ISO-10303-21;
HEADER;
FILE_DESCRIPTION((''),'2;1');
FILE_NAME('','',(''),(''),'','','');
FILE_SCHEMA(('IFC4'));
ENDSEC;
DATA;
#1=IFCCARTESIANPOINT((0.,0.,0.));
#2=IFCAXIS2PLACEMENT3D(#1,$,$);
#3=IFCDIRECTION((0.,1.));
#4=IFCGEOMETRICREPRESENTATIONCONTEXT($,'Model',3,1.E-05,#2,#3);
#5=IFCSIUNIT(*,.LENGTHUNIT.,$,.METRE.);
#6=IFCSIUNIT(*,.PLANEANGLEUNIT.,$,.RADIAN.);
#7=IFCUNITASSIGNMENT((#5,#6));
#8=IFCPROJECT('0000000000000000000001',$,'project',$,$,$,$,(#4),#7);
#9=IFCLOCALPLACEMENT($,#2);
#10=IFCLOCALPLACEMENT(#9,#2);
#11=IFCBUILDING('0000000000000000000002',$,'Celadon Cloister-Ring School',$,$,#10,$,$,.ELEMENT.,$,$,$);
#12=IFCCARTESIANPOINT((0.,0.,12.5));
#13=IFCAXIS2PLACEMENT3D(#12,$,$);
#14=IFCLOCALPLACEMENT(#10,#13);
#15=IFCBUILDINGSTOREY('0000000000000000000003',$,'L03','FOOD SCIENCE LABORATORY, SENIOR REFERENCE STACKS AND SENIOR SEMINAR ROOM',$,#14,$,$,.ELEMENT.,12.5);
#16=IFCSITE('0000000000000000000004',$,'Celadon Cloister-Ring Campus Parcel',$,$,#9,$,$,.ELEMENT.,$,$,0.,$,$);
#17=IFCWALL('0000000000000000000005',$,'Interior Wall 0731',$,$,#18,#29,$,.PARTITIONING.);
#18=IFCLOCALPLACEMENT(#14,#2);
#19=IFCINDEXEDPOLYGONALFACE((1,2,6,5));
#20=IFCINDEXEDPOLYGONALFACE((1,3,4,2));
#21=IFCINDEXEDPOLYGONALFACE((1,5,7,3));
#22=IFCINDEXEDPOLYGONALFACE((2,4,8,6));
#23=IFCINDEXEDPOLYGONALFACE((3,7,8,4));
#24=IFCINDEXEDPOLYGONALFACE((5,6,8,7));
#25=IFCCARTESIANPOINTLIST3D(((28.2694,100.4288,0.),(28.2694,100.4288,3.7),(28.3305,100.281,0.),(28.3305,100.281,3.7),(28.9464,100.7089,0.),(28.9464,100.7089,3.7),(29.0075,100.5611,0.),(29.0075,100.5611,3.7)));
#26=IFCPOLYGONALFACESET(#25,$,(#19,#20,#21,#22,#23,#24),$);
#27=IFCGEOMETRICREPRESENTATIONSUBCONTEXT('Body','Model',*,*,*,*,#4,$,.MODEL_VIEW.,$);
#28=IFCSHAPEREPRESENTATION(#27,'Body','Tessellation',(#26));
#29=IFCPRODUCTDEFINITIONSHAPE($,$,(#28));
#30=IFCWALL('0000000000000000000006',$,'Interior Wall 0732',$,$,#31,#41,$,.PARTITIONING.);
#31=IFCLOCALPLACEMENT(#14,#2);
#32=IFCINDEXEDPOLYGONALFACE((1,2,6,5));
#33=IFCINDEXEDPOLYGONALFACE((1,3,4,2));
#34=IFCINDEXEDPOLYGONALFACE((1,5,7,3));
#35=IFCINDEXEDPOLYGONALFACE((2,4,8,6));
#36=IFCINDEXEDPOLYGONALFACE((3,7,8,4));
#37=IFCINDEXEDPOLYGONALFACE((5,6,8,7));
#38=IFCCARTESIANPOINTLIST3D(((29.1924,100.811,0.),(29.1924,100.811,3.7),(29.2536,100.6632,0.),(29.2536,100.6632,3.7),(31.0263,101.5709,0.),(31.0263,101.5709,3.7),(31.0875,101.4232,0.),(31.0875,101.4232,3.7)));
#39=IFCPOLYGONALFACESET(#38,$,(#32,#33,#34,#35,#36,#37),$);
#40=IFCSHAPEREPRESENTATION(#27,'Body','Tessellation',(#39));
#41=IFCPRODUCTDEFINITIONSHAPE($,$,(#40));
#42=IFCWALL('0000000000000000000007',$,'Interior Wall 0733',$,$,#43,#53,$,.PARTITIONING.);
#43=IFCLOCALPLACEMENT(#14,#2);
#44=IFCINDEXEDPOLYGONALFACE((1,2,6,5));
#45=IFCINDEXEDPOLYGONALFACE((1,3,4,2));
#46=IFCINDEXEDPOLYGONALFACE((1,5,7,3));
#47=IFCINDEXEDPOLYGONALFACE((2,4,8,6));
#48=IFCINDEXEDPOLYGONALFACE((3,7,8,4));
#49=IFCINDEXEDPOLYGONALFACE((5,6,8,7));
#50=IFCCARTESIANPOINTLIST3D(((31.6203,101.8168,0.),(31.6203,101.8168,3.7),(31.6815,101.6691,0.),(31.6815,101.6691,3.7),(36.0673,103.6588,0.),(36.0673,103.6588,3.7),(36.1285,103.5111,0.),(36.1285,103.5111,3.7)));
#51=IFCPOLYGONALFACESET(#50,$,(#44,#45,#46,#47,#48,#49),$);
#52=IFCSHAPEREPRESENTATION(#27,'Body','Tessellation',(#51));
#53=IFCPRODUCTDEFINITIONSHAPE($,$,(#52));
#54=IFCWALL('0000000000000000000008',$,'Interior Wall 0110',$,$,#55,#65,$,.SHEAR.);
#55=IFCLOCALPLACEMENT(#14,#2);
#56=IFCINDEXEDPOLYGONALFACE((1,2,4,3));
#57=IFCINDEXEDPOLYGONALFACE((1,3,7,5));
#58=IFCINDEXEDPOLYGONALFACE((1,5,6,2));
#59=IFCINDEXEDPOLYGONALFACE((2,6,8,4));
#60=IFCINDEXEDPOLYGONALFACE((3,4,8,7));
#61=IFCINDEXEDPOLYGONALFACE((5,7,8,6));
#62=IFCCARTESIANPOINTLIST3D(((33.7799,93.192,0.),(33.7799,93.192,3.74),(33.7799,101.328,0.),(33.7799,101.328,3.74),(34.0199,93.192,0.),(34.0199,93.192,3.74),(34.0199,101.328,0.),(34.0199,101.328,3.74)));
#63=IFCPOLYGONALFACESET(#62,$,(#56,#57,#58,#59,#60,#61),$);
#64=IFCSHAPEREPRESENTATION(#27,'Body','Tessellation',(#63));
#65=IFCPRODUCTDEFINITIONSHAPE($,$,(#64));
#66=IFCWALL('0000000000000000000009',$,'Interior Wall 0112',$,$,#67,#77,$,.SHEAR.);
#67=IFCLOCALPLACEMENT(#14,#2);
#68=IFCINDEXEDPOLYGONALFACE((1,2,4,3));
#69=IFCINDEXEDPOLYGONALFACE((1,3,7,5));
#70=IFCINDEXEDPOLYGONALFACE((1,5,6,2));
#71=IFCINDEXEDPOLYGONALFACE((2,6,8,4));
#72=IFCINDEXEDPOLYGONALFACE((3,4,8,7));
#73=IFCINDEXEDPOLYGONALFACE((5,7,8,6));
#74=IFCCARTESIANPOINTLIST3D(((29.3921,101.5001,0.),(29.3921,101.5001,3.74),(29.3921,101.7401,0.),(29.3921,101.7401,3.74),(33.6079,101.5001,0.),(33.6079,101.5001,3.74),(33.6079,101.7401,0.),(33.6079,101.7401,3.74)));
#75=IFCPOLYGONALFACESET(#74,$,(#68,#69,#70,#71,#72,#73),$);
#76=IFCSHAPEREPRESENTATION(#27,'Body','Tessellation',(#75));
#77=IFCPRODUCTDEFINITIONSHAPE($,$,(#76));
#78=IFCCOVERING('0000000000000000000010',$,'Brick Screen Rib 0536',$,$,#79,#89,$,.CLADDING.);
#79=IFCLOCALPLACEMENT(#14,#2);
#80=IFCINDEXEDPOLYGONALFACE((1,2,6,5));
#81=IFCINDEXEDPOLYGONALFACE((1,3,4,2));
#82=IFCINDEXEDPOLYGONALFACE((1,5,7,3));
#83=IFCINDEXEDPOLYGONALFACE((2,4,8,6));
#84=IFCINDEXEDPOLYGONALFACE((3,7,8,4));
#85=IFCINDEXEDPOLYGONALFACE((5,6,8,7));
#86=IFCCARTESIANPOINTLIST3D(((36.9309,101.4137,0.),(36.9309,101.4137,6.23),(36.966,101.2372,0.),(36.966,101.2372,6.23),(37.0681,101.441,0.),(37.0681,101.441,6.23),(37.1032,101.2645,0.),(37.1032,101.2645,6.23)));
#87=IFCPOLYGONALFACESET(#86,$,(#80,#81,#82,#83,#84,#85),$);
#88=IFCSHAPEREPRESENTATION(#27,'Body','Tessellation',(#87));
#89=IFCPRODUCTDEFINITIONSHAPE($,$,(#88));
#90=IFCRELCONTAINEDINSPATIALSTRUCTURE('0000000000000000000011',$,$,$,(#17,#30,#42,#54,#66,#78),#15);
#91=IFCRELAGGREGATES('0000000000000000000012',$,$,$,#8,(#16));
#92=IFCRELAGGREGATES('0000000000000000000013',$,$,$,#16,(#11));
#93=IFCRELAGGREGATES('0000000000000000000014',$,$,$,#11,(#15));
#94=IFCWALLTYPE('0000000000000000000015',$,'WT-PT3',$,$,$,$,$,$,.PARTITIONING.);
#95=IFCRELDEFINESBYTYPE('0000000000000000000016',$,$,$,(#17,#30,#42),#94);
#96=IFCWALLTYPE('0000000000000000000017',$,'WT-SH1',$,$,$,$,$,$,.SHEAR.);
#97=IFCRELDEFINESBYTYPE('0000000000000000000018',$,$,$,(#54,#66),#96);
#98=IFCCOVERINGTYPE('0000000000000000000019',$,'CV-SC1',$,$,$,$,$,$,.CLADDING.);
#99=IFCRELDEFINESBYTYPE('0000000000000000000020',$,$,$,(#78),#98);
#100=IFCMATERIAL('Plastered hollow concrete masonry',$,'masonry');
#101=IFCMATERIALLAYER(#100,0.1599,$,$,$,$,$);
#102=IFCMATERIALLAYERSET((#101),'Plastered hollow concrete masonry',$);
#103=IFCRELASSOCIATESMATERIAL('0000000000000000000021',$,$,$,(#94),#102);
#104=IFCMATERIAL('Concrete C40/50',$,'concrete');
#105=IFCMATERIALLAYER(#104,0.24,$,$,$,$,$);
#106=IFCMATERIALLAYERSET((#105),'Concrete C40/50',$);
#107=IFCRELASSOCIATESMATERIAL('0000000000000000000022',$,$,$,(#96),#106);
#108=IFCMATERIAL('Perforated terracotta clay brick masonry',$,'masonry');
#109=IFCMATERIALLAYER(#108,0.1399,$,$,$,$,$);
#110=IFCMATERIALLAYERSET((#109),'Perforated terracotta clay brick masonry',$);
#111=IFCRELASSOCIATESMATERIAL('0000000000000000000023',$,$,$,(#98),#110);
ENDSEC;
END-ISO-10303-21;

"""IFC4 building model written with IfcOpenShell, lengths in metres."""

from ifc_helpers import new_model, si_unit, direction, frame, frame_2d, origin, origin_2d, place, context, subcontext, project, spatial, rectangle, extrude, material, layer, layer_set, type_object, element, save


model = new_model("IFC4")

# Units and contexts
model_context = context("Model", 3, precision=1e-05, world=origin(), true_north=direction((0.0, 1.0)))
body_context = subcontext(model_context, "Body", "Model", "MODEL_VIEW")
ifc_project = project(units=[si_unit("LENGTHUNIT", "METRE"), si_unit("PLANEANGLEUNIT", "RADIAN")], contexts=[model_context])

# Site, building, storey
site_placement = place(None, origin())
site = spatial("IfcSite", under=ifc_project, at=site_placement, Name="Celadon Cloister-Ring Campus Parcel", CompositionType="ELEMENT", RefElevation=0.0)
building_placement = place(site_placement, origin())
building = spatial("IfcBuilding", under=site, at=building_placement, Name="Celadon Cloister-Ring School", CompositionType="ELEMENT")
storey_placement = place(building_placement, frame((0.0, 0.0, 12.5)))
storey = spatial("IfcBuildingStorey", under=building, at=storey_placement, Name="L03", Description="FOOD SCIENCE LABORATORY, SENIOR REFERENCE STACKS AND SENIOR SEMINAR ROOM", CompositionType="ELEMENT", Elevation=12.5)

# Walls
ifc_material_1 = material(Name="Plastered hollow concrete masonry", Category="masonry")
ifc_layer_1 = layer(ifc_material_1, 0.1599)
ifc_layer_set_1 = layer_set([ifc_layer_1], Name="Plastered hollow concrete masonry")
wall_type_1 = type_object("IfcWallType", Name="WT-PT3", PredefinedType="PARTITIONING", material=ifc_layer_set_1)
wall_1_placement = place(storey_placement, frame((28.3, 100.355, 0.0), z_axis=(0.0, 0.0, 1.0), x_axis=(0.92407, 0.382224, 0.0)))
element("IfcWall", 1, at=wall_1_placement, inside=storey, type_object=wall_type_1, Name="Interior Wall 0731", PredefinedType="PARTITIONING", context=body_context, shape_type="SweptSolid", body=[
    extrude(rectangle(XDim=0.7327, YDim=0.1599, at=frame_2d((0.3662, 0.0))), origin(), (0.0, 0.0, 1.0), 3.7),
])
wall_2_placement = place(storey_placement, frame((29.2229, 100.7371, 0.0), z_axis=(0.0, 0.0, 1.0), x_axis=(0.923817, 0.382833, 0.0)))
element("IfcWall", 2, at=wall_2_placement, inside=storey, type_object=wall_type_1, Name="Interior Wall 0732", PredefinedType="PARTITIONING", context=body_context, shape_type="SweptSolid", body=[
    extrude(rectangle(XDim=1.9851, YDim=0.1599, at=frame_2d((0.9927, 0.0))), origin(), (0.0, 0.0, 1.0), 3.7),
])
wall_3_placement = place(storey_placement, frame((31.6509, 101.7429, 0.0), z_axis=(0.0, 0.0, 1.0), x_axis=(0.923878, 0.382688, 0.0)))
element("IfcWall", 3, at=wall_3_placement, inside=storey, type_object=wall_type_1, Name="Interior Wall 0733", PredefinedType="PARTITIONING", context=body_context, shape_type="SweptSolid", body=[
    extrude(rectangle(XDim=4.8135, YDim=0.1599, at=frame_2d((2.4067, 0.0))), origin(), (0.0, 0.0, 1.0), 3.7),
])
ifc_material_2 = material(Name="Concrete C40/50", Category="concrete")
ifc_layer_2 = layer(ifc_material_2, 0.24)
ifc_layer_set_2 = layer_set([ifc_layer_2], Name="Concrete C40/50")
wall_type_2 = type_object("IfcWallType", Name="WT-SH1", PredefinedType="SHEAR", material=ifc_layer_set_2)
wall_4_placement = place(storey_placement, frame((33.8999, 101.3279, 0.0), z_axis=(0.0, 0.0, 1.0), x_axis=(0.0, -1.0, 0.0)))
element("IfcWall", 4, at=wall_4_placement, inside=storey, type_object=wall_type_2, Name="Interior Wall 0110", PredefinedType="SHEAR", context=body_context, shape_type="SweptSolid", body=[
    extrude(rectangle(XDim=8.136, YDim=0.24, at=frame_2d((4.0679, 0.0))), origin(), (0.0, 0.0, 1.0), 3.74),
])
wall_5_placement = place(storey_placement, frame((33.6079, 101.6201, 0.0), z_axis=(0.0, 0.0, 1.0), x_axis=(-1.0, 0.0, 0.0)))
element("IfcWall", 5, at=wall_5_placement, inside=storey, type_object=wall_type_2, Name="Interior Wall 0112", PredefinedType="SHEAR", context=body_context, shape_type="SweptSolid", body=[
    extrude(rectangle(XDim=4.2158, YDim=0.24, at=frame_2d((2.1079, 0.0))), origin(), (0.0, 0.0, 1.0), 3.74),
])

# Covering
ifc_material_3 = material(Name="Perforated terracotta clay brick masonry", Category="masonry")
ifc_layer_3 = layer(ifc_material_3, 0.1399)
ifc_layer_set_3 = layer_set([ifc_layer_3], Name="Perforated terracotta clay brick masonry")
covering_type = type_object("IfcCoveringType", Name="CV-SC1", PredefinedType="CLADDING", material=ifc_layer_set_3)
covering_placement = place(storey_placement, frame((37.0171, 101.3391, 0.0), z_axis=(0.0, 0.0, 1.0), x_axis=(0.195142, -0.980775, 0.0)))
element("IfcCovering", 6, at=covering_placement, inside=storey, type_object=covering_type, Name="Brick Screen Rib 0536", PredefinedType="CLADDING", context=body_context, shape_type="SweptSolid", body=[
    extrude(rectangle(XDim=0.1799, YDim=0.1399, at=origin_2d()), origin(), (0.0, 0.0, 1.0), 6.23),
])

save(model, "model.ifc")
